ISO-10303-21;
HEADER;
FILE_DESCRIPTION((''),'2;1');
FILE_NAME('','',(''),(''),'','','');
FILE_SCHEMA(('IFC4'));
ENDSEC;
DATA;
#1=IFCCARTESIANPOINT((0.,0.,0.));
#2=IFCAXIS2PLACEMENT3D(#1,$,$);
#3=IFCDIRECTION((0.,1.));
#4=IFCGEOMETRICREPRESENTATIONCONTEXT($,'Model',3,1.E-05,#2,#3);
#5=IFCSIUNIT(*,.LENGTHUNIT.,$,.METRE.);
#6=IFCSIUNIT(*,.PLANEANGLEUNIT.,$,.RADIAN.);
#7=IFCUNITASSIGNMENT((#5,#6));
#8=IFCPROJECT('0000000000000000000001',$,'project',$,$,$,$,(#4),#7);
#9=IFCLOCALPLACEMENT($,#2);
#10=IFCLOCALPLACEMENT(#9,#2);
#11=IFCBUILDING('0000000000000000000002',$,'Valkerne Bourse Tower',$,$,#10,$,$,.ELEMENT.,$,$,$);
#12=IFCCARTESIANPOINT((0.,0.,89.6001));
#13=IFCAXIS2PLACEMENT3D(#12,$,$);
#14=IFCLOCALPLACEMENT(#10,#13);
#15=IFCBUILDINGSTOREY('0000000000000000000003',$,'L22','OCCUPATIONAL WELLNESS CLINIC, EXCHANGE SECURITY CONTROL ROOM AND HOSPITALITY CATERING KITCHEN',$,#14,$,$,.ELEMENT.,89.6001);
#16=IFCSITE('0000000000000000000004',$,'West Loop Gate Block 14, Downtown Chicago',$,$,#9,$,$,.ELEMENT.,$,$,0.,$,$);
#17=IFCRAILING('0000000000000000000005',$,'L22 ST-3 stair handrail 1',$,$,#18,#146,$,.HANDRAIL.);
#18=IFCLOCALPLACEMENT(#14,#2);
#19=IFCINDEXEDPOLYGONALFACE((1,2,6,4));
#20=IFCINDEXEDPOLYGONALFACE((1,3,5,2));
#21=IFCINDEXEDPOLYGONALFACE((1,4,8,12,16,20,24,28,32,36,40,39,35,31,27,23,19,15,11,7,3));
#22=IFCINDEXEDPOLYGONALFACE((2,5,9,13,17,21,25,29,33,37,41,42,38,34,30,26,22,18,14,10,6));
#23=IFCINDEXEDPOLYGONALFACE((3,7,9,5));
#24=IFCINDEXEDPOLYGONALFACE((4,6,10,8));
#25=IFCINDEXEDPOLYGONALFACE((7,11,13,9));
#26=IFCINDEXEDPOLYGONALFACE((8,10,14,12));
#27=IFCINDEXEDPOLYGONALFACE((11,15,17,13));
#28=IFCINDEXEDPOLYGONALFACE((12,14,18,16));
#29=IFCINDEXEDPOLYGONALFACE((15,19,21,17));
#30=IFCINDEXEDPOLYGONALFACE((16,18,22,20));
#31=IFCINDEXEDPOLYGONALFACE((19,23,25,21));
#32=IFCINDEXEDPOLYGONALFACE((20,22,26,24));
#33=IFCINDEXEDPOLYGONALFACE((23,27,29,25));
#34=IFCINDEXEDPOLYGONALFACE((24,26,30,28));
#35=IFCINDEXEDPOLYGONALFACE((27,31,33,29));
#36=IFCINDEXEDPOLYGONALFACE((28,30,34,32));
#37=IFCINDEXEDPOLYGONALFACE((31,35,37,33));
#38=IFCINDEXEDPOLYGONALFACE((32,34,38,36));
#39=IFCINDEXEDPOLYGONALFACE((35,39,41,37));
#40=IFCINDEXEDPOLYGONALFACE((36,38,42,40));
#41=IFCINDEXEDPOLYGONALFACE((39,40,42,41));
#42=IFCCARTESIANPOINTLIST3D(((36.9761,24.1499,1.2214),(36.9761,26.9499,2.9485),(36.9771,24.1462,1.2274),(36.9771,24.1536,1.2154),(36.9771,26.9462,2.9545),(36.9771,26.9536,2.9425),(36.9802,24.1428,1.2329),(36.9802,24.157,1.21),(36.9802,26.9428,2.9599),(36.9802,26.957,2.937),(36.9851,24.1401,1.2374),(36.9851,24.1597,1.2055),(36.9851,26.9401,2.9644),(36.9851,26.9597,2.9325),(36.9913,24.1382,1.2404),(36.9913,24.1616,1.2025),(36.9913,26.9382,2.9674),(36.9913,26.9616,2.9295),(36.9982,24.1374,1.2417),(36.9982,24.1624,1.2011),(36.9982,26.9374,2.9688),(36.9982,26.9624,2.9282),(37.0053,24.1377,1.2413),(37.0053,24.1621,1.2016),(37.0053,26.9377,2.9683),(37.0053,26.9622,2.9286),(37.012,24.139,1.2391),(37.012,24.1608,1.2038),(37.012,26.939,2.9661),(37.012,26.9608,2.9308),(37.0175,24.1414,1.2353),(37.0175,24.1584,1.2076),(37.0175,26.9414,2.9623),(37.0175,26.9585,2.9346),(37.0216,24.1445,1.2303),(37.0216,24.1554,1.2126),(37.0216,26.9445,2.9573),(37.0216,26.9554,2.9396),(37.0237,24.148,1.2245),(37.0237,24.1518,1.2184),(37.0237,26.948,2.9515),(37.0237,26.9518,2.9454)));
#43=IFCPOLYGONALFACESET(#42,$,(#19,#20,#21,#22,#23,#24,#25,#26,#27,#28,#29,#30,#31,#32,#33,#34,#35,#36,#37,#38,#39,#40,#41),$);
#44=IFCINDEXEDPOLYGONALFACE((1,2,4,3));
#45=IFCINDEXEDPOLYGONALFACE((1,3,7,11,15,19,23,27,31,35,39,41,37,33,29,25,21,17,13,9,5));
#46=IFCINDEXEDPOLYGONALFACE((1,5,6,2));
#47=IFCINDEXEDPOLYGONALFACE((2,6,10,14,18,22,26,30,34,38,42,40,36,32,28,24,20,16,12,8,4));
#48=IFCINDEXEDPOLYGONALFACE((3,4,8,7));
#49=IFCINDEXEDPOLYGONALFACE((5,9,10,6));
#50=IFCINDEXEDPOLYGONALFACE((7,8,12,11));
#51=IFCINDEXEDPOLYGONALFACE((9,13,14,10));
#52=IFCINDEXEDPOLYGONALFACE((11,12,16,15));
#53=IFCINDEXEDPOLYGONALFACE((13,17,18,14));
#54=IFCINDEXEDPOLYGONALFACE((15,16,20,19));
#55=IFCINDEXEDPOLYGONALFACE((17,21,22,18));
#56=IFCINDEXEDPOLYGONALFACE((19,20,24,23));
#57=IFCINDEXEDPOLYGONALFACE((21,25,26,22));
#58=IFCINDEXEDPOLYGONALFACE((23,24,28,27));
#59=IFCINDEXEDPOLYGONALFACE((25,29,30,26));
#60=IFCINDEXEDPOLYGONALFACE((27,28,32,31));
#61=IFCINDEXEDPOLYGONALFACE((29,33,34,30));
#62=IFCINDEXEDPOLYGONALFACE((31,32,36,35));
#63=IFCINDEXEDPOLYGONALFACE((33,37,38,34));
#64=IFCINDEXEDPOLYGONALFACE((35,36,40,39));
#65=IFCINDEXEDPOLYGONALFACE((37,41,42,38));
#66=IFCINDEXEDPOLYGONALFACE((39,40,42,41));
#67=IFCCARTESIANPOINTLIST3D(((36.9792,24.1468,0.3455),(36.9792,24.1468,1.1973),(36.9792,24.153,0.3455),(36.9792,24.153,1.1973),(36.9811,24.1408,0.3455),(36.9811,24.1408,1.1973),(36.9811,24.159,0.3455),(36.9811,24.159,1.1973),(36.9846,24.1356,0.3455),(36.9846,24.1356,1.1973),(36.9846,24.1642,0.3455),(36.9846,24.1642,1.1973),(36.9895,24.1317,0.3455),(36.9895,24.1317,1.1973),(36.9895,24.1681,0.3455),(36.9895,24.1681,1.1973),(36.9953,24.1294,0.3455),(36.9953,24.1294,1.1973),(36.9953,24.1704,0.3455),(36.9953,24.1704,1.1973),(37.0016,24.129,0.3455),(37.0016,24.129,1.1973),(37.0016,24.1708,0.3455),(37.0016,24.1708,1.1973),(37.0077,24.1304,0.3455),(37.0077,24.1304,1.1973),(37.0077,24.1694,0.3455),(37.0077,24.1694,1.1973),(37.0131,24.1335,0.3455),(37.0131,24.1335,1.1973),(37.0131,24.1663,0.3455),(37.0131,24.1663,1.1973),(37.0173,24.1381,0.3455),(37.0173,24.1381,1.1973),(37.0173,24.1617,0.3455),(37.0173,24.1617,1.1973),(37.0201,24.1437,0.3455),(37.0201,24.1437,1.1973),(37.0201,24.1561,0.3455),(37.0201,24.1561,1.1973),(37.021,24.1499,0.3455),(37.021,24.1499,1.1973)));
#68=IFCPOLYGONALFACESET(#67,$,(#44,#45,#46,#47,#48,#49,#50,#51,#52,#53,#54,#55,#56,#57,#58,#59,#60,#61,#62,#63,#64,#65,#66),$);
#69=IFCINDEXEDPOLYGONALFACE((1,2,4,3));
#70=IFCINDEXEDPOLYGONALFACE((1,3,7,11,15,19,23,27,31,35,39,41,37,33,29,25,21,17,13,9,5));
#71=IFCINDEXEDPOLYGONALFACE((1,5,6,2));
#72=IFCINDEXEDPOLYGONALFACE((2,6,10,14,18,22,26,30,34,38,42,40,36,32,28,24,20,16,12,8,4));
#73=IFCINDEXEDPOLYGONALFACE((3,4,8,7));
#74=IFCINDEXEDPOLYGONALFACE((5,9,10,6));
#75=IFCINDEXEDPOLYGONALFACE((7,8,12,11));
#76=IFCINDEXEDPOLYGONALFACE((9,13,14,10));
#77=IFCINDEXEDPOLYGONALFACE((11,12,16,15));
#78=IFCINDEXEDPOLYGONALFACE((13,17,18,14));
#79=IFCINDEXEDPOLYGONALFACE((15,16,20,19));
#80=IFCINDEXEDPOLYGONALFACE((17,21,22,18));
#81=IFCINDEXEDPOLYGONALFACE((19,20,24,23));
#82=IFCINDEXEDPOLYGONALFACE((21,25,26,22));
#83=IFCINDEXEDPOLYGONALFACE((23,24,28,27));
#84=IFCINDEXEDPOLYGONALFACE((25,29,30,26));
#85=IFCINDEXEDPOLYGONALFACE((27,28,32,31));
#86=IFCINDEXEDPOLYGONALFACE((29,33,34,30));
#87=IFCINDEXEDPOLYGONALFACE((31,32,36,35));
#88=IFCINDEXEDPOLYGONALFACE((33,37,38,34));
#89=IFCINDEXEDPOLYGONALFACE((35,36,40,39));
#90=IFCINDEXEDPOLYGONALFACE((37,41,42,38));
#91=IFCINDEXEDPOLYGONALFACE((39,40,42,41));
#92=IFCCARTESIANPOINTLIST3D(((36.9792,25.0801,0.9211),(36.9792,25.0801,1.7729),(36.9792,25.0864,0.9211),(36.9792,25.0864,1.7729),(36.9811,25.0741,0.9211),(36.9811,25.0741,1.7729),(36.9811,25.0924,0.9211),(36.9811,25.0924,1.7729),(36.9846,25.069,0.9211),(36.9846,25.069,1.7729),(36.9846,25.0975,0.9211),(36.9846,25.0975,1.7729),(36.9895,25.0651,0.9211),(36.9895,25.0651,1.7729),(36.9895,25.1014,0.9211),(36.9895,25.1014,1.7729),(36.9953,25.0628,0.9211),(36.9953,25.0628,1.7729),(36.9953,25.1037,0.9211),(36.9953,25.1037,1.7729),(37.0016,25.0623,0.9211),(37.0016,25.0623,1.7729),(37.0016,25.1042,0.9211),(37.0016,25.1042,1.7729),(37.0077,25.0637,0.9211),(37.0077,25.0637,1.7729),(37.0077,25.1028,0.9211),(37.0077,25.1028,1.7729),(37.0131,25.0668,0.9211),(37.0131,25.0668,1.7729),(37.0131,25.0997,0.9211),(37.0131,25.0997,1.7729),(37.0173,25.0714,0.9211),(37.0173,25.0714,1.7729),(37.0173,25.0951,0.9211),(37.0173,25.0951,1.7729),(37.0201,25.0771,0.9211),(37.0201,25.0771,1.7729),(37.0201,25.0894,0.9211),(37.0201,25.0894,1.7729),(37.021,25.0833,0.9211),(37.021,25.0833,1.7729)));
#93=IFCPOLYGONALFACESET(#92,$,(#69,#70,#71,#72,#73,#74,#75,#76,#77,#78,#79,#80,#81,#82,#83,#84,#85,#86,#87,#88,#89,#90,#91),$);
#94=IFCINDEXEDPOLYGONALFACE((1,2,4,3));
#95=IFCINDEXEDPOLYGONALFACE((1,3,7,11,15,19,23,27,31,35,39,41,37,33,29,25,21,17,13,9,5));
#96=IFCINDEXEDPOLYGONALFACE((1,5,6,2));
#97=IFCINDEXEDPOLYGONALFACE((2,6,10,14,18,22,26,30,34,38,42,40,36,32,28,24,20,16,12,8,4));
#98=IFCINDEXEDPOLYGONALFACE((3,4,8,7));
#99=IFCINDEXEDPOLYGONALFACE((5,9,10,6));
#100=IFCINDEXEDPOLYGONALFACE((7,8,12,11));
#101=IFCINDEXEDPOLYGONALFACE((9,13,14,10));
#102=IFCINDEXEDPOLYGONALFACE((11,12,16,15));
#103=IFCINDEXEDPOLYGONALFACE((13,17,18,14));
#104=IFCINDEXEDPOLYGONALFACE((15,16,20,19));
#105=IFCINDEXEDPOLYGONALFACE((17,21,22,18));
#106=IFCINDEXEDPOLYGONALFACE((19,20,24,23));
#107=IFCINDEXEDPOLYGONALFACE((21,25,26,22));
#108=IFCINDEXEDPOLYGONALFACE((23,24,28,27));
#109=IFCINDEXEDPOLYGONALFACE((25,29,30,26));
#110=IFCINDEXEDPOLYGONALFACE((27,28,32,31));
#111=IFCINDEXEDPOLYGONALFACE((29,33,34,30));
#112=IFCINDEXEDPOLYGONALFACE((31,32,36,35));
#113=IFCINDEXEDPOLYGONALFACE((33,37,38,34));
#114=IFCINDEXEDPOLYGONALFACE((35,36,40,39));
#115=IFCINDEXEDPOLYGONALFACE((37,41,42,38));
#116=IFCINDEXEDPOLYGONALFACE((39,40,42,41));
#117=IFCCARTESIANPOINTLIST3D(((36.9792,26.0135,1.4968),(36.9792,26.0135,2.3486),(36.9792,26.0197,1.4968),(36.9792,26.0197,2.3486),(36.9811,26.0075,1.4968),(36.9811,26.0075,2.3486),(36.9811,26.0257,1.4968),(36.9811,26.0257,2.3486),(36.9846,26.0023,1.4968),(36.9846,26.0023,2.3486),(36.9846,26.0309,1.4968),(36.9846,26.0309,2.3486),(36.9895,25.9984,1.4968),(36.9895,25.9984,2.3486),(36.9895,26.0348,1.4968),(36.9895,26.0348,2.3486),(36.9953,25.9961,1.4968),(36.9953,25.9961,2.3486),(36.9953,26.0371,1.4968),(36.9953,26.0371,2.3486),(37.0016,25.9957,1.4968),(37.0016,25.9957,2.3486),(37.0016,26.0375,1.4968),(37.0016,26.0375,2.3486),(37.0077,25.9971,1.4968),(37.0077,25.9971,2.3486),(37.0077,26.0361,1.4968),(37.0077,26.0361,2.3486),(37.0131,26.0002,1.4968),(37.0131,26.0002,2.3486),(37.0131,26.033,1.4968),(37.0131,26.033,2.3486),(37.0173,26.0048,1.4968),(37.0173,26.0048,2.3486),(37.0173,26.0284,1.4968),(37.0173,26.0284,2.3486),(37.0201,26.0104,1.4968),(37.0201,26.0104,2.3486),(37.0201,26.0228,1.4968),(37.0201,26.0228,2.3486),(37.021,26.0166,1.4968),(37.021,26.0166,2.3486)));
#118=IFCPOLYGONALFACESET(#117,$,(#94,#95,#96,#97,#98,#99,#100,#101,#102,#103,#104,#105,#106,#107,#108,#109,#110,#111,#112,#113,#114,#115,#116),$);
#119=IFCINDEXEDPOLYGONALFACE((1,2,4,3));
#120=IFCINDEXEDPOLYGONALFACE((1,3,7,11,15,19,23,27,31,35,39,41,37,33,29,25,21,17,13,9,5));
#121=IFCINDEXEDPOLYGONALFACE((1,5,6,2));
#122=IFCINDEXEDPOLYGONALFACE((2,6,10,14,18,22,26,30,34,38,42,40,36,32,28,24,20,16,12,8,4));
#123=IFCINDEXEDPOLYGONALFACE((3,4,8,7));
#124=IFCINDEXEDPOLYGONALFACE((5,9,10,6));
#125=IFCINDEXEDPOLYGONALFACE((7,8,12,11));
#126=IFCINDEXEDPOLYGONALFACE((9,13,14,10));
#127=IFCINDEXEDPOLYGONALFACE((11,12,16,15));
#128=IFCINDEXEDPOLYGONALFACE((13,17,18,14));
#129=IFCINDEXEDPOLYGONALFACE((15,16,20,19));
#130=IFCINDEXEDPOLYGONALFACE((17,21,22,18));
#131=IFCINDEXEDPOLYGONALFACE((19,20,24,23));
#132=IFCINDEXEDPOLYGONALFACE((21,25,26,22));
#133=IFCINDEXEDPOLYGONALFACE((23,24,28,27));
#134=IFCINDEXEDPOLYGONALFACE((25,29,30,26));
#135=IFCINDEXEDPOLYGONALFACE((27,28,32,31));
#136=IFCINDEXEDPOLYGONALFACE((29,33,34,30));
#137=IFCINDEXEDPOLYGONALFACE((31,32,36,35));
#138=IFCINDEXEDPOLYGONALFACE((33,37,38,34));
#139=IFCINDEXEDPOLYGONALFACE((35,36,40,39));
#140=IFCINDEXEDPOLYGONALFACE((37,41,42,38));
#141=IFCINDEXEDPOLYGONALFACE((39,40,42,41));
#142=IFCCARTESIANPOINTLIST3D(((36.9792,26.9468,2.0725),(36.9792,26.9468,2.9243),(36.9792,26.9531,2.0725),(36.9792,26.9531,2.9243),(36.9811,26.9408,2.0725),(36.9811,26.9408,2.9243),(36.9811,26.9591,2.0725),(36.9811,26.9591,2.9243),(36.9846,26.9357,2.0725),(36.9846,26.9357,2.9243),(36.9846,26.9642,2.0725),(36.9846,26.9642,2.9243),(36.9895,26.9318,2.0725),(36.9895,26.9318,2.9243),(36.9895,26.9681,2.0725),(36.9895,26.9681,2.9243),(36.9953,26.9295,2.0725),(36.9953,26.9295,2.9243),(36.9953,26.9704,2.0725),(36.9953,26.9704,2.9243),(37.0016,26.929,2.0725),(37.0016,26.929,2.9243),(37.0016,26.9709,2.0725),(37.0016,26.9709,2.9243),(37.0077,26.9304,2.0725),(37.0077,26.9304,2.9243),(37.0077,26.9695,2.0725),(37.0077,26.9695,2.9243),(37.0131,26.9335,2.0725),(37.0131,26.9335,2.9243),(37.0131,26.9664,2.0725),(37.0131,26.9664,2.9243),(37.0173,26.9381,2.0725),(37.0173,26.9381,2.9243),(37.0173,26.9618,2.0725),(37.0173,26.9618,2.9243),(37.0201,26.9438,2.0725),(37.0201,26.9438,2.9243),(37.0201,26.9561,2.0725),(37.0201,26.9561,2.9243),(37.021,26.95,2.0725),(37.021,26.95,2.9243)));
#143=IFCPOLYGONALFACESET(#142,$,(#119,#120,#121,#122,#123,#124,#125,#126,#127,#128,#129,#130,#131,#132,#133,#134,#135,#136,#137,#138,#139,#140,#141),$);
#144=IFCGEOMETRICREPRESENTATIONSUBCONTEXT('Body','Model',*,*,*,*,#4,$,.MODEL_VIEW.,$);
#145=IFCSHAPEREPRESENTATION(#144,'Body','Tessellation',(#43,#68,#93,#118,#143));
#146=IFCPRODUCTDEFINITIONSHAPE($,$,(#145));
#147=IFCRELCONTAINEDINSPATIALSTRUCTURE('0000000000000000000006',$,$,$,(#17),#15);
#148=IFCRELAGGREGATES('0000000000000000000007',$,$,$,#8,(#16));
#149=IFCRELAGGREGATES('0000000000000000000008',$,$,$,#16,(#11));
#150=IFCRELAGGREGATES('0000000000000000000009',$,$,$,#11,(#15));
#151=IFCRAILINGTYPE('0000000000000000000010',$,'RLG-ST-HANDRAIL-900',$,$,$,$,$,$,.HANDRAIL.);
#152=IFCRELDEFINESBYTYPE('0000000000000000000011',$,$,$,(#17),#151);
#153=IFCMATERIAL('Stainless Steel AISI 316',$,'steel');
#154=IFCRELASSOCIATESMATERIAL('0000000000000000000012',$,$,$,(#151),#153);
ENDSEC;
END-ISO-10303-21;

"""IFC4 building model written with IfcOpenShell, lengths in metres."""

from ifc_helpers import new_model, si_unit, direction, frame, origin, origin_2d, place, context, subcontext, project, spatial, circle, extrude, material, type_object, element, save


model = new_model("IFC4")

# Units and contexts
model_context = context("Model", 3, precision=1e-05, world=origin(), true_north=direction((0.0, 1.0)))
body_context = subcontext(model_context, "Body", "Model", "MODEL_VIEW")
ifc_project = project(units=[si_unit("LENGTHUNIT", "METRE"), si_unit("PLANEANGLEUNIT", "RADIAN")], contexts=[model_context])

# Site, building, storey
site_placement = place(None, origin())
site = spatial("IfcSite", under=ifc_project, at=site_placement, Name="West Loop Gate Block 14, Downtown Chicago", CompositionType="ELEMENT", RefElevation=0.0)
building_placement = place(site_placement, origin())
building = spatial("IfcBuilding", under=site, at=building_placement, Name="Valkerne Bourse Tower", CompositionType="ELEMENT")
storey_placement = place(building_placement, frame((0.0, 0.0, 89.6001)))
storey = spatial("IfcBuildingStorey", under=building, at=storey_placement, Name="L22", Description="OCCUPATIONAL WELLNESS CLINIC, EXCHANGE SECURITY CONTROL ROOM AND HOSPITALITY CATERING KITCHEN", CompositionType="ELEMENT", Elevation=89.6001)

# Railing
ifc_material_1 = material(Name="Stainless Steel AISI 316", Category="steel")
railing_type_1 = type_object("IfcRailingType", Name="RLG-ST-HANDRAIL-900", PredefinedType="HANDRAIL", material=ifc_material_1)
railing_1_placement = place(storey_placement, frame((37.0, 24.1499, 0.3455)))
element("IfcRailing", 1, at=railing_1_placement, inside=storey, type_object=railing_type_1, Name="L22 ST-3 stair handrail 1", PredefinedType="HANDRAIL", context=body_context, shape_type="SweptSolid", body=[
    extrude(circle(Radius=0.0239, at=origin_2d()), frame((0.0, 0.0, 0.876), z_axis=(0.0, 0.851123, 0.524967), x_axis=(-1.0, 0.0, 0.0)), (0.0, 0.0, 1.0), 3.2898),
    extrude(circle(Radius=0.021, at=origin_2d()), origin(), (0.0, 0.0, 1.0), 0.8518),
    extrude(circle(Radius=0.021, at=origin_2d()), frame((0.0, 0.9333, 0.5757)), (0.0, 0.0, 1.0), 0.8518),
    extrude(circle(Radius=0.021, at=origin_2d()), frame((0.0, 1.8667, 1.1514)), (0.0, 0.0, 1.0), 0.8518),
    extrude(circle(Radius=0.021, at=origin_2d()), frame((0.0, 2.8, 1.7271)), (0.0, 0.0, 1.0), 0.8518),
])

save(model, "model.ifc")
